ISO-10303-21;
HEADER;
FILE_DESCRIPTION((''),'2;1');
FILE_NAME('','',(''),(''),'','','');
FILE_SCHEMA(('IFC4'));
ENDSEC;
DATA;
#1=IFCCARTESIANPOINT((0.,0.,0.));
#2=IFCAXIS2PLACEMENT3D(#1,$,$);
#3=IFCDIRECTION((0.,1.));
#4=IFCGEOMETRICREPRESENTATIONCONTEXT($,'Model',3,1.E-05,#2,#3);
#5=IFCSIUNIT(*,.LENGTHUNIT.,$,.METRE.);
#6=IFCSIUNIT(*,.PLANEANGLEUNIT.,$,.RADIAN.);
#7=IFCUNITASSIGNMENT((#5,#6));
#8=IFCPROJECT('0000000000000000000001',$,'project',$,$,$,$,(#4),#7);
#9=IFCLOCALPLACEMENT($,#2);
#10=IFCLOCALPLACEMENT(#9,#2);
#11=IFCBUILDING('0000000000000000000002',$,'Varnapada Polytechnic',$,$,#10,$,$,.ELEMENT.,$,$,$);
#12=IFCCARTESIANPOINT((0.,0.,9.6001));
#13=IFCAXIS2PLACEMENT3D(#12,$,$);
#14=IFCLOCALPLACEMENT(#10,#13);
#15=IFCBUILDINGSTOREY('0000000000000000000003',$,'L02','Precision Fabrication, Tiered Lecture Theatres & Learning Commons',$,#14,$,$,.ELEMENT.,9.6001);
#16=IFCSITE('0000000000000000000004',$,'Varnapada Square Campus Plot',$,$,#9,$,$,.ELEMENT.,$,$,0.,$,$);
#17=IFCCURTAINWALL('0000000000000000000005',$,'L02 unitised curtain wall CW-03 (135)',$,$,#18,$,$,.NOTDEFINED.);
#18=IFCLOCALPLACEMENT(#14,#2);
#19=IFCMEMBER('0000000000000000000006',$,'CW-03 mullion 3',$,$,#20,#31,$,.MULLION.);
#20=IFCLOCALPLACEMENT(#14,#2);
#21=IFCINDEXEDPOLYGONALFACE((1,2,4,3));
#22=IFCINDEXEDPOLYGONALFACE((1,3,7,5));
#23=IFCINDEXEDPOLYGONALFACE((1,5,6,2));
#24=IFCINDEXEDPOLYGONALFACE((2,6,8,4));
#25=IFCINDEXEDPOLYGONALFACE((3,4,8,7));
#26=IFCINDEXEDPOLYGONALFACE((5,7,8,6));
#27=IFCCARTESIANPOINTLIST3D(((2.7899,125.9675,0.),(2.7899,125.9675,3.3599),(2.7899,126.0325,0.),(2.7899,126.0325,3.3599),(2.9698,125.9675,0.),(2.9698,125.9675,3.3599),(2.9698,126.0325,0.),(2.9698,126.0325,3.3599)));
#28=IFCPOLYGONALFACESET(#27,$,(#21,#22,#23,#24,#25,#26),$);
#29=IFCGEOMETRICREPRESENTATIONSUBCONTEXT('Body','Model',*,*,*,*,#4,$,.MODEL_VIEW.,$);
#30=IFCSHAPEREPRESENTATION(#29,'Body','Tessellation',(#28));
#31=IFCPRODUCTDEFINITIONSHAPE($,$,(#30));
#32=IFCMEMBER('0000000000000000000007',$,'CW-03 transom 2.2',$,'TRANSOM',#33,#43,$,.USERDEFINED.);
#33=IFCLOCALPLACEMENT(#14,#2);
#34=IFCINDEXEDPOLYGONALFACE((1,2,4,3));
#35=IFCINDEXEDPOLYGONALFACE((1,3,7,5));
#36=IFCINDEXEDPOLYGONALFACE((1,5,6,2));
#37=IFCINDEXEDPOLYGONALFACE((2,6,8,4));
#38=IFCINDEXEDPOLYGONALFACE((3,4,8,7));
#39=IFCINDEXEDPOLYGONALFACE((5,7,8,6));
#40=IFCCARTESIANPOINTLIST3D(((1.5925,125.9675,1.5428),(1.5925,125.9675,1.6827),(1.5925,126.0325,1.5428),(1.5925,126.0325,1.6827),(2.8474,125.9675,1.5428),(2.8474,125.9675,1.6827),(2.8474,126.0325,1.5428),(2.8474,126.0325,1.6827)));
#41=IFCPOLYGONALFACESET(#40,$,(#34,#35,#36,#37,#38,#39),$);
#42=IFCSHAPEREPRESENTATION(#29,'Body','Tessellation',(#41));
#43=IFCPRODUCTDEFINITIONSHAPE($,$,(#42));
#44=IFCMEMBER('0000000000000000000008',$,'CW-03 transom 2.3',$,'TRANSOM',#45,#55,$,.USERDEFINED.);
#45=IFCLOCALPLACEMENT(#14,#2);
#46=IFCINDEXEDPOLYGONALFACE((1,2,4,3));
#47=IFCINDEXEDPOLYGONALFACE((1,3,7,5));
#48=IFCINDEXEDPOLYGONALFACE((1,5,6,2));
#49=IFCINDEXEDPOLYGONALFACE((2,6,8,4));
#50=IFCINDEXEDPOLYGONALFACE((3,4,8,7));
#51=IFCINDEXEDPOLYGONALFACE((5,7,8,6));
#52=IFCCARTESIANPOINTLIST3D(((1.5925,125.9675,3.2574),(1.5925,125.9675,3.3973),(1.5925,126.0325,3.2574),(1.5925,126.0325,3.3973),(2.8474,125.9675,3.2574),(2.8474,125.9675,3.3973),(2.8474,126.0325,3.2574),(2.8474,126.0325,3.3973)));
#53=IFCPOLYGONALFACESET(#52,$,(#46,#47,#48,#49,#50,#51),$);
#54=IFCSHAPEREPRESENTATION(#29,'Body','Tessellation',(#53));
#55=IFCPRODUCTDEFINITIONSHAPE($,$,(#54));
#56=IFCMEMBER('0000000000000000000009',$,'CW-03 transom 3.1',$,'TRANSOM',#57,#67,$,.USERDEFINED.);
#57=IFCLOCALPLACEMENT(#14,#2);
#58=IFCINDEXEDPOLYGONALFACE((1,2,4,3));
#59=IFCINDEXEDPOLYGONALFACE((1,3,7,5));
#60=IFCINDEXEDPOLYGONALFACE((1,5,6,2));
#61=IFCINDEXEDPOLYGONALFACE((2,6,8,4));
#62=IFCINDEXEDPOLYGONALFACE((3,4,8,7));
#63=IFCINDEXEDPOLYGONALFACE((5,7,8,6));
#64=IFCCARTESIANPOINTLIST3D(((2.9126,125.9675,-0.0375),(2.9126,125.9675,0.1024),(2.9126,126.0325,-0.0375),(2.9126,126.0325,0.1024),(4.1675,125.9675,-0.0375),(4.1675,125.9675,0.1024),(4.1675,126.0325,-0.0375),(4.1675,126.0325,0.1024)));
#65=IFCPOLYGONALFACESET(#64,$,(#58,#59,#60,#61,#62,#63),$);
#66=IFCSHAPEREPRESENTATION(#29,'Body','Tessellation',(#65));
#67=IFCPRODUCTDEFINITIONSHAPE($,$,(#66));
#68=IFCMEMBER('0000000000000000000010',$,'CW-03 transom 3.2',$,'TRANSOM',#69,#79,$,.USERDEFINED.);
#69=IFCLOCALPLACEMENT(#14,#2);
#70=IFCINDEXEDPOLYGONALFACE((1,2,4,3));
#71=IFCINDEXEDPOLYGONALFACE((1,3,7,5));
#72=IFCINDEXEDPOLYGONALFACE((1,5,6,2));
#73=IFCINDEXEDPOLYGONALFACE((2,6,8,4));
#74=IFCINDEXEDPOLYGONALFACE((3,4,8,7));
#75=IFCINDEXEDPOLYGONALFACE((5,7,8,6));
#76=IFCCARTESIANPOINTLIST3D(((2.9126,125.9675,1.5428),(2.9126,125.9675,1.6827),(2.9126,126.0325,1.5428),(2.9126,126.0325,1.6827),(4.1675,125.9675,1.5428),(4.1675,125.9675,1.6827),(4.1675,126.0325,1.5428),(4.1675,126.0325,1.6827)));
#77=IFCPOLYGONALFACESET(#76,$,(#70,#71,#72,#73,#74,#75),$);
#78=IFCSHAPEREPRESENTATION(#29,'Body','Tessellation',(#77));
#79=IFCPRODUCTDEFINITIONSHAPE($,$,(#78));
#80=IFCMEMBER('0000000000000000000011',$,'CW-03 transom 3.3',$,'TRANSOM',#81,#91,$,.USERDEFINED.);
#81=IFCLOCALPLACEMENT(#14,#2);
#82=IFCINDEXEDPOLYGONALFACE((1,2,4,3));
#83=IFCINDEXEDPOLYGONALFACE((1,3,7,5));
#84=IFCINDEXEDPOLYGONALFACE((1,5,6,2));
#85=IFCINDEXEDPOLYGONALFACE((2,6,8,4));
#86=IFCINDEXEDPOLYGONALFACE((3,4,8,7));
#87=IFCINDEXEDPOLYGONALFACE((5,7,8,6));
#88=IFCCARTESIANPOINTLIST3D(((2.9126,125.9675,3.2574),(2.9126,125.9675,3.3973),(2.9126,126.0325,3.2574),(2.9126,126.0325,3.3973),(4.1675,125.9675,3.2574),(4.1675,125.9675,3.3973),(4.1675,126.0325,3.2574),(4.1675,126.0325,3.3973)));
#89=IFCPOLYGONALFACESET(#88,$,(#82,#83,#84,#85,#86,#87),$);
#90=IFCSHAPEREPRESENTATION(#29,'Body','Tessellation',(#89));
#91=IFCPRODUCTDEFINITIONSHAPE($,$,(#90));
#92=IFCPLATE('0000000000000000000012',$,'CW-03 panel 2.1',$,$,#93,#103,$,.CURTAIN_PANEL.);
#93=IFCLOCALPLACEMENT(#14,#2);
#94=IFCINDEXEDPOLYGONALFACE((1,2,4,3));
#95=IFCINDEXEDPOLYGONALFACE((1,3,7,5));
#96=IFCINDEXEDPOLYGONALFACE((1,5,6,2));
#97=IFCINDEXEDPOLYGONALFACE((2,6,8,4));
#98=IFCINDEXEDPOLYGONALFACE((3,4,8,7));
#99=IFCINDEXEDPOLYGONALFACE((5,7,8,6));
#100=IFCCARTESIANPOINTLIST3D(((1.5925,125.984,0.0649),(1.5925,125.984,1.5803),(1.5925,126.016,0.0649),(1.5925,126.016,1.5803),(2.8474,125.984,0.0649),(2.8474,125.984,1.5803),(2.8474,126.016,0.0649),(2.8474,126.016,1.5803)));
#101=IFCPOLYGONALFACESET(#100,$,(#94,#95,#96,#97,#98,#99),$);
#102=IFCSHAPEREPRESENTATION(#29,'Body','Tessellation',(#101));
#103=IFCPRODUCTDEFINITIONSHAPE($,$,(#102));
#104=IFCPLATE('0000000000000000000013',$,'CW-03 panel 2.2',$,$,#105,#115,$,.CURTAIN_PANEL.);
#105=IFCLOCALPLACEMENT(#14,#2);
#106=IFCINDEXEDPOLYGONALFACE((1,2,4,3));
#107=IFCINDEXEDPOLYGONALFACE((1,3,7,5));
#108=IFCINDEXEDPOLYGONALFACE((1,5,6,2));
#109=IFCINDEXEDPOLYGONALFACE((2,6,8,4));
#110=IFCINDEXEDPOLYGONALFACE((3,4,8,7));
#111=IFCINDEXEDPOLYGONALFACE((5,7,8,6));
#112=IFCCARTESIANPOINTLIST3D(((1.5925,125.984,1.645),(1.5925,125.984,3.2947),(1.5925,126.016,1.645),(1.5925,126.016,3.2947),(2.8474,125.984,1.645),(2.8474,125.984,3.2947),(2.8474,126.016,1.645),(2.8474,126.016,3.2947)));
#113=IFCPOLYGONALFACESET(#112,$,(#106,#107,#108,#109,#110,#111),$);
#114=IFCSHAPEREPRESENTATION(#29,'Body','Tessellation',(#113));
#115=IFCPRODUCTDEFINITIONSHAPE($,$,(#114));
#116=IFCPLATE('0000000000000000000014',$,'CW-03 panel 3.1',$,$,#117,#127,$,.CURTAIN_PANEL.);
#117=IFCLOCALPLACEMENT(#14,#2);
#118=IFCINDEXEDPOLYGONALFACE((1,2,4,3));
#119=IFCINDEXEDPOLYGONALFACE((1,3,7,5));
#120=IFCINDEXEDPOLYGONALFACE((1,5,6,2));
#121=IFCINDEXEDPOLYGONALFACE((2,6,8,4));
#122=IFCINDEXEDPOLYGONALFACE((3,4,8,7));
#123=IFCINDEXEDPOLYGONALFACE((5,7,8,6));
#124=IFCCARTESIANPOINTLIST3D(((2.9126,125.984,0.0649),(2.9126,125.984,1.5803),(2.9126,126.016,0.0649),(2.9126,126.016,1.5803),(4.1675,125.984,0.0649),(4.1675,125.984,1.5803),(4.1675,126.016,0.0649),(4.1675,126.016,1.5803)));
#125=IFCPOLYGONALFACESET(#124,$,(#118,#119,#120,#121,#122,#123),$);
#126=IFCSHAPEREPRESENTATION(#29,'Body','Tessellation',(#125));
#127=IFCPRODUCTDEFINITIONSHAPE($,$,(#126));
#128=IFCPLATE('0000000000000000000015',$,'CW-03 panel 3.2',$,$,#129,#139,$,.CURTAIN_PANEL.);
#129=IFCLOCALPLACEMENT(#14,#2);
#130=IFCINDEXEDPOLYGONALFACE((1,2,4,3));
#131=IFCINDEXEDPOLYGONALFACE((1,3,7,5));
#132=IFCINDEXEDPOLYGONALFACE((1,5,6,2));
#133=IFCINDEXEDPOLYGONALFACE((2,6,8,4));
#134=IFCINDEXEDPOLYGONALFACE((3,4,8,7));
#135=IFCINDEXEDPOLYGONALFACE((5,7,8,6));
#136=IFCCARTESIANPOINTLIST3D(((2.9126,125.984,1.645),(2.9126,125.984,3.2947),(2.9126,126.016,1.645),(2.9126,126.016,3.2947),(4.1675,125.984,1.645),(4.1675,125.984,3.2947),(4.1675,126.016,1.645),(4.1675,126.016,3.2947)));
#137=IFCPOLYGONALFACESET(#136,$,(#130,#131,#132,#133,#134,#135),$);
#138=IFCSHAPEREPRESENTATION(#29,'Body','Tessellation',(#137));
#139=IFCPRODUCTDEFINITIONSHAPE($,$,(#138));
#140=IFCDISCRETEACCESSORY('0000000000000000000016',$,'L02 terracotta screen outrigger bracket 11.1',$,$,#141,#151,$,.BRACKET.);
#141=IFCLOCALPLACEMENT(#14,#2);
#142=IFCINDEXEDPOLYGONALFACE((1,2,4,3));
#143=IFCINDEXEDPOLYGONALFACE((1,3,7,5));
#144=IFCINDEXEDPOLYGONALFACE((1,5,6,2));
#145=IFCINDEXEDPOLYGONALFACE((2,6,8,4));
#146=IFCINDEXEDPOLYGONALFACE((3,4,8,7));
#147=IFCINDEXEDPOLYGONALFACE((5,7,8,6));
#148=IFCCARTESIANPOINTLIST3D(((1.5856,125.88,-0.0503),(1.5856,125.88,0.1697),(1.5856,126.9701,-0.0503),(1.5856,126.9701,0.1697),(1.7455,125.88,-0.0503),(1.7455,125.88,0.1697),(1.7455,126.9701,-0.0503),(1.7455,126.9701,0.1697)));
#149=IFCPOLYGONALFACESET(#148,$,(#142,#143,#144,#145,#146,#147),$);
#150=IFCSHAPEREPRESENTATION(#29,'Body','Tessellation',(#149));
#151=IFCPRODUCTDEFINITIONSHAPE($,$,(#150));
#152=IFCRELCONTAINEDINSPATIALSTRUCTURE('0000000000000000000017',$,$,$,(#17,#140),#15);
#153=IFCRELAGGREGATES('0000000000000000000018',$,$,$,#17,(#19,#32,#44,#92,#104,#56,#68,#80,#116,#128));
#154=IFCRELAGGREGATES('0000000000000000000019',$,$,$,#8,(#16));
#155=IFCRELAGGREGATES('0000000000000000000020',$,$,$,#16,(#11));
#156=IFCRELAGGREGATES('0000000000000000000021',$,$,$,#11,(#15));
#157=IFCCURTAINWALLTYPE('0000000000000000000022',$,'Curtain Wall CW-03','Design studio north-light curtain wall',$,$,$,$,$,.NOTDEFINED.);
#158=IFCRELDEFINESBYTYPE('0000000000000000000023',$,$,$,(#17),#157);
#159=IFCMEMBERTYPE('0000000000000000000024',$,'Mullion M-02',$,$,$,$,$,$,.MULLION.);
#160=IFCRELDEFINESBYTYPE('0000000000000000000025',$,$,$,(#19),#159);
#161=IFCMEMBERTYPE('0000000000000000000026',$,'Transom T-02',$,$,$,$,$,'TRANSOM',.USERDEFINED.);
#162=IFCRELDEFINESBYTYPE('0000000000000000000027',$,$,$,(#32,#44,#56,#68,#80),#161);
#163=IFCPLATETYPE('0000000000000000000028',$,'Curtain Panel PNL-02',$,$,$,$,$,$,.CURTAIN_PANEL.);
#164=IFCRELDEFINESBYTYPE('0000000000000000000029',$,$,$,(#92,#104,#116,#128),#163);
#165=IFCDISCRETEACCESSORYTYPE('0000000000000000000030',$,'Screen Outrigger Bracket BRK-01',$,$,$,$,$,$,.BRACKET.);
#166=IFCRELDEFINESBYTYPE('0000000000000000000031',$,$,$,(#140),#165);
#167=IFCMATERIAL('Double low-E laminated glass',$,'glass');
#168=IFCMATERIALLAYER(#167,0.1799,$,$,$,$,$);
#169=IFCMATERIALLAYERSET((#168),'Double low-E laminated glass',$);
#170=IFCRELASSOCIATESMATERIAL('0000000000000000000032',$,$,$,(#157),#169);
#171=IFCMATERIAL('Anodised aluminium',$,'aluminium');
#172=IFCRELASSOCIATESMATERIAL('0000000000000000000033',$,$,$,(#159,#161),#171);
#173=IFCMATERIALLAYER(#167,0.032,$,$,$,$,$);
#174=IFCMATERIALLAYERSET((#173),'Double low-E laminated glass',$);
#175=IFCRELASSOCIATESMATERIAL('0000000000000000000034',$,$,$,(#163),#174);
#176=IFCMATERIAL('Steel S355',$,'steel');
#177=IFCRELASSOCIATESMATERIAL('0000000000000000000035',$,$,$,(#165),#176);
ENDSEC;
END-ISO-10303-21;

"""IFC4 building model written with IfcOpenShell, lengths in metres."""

from ifc_helpers import new_model, si_unit, direction, frame, origin, origin_2d, place, context, subcontext, project, spatial, rectangle, extrude, material, layer, layer_set, material_profile, profile_set, type_object, element, aggregate, save


model = new_model("IFC4")

# Units and contexts
model_context = context("Model", 3, precision=1e-05, world=origin(), true_north=direction((0.0, 1.0)))
body_context = subcontext(model_context, "Body", "Model", "MODEL_VIEW")
ifc_project = project(units=[si_unit("LENGTHUNIT", "METRE"), si_unit("PLANEANGLEUNIT", "RADIAN")], contexts=[model_context])

# Site, building, storey
site_placement = place(None, origin())
site = spatial("IfcSite", under=ifc_project, at=site_placement, Name="Varnapada Square Campus Plot", CompositionType="ELEMENT", RefElevation=0.0)
building_placement = place(site_placement, origin())
building = spatial("IfcBuilding", under=site, at=building_placement, Name="Varnapada Polytechnic", CompositionType="ELEMENT")
storey_placement = place(building_placement, frame((0.0, 0.0, 9.6001)))
storey = spatial("IfcBuildingStorey", under=building, at=storey_placement, Name="L02", Description="Precision Fabrication, Tiered Lecture Theatres & Learning Commons", CompositionType="ELEMENT", Elevation=9.6001)

# Curtain wall, members, plates
ifc_material_1 = material(Name="Double low-E laminated glass", Category="glass")
ifc_layer_1 = layer(ifc_material_1, 0.1799)
ifc_layer_set_1 = layer_set([ifc_layer_1], Name="Double low-E laminated glass")
curtain_wall_type = type_object("IfcCurtainWallType", Name="Curtain Wall CW-03", Description="Design studio north-light curtain wall", PredefinedType="NOTDEFINED", material=ifc_layer_set_1)
curtain_wall_placement = place(storey_placement, origin())
curtain_wall = element("IfcCurtainWall", 1, at=curtain_wall_placement, inside=storey, type_object=curtain_wall_type, Name="L02 unitised curtain wall CW-03 (135)", PredefinedType="NOTDEFINED")
ifc_material_2 = material(Name="Anodised aluminium", Category="aluminium")
ifc_material_profile_1 = material_profile(ifc_material_2, rectangle(XDim=0.0649, YDim=0.1799, at=origin_2d()), Name="ALU M65x180")
ifc_profile_set_1 = profile_set([ifc_material_profile_1], Name="Anodised aluminium")
member_type_1 = type_object("IfcMemberType", Name="Mullion M-02", PredefinedType="MULLION", material=ifc_profile_set_1)
member_1_placement = place(storey_placement, frame((2.8799, 126.0, 0.0), z_axis=(0.0, 0.0, 1.0), x_axis=(0.0, 1.0, 0.0)))
member_1 = element("IfcMember", 2, at=member_1_placement, type_object=member_type_1, Name="CW-03 mullion 3", PredefinedType="MULLION", context=body_context, shape_type="SweptSolid", body=[
    extrude(rectangle(XDim=0.0649, YDim=0.1799, at=origin_2d()), origin(), (0.0, 0.0, 1.0), 3.3599),
])
ifc_material_profile_2 = material_profile(ifc_material_2, rectangle(XDim=0.0649, YDim=0.1399, at=origin_2d()), Name="ALU T65x140")
ifc_profile_set_2 = profile_set([ifc_material_profile_2], Name="Anodised aluminium")
member_type_2 = type_object("IfcMemberType", Name="Transom T-02", ElementType="TRANSOM", PredefinedType="USERDEFINED", material=ifc_profile_set_2)
member_2_placement = place(storey_placement, frame((1.5925, 126.0, 1.6128), z_axis=(1.0, 0.0, 0.0), x_axis=(0.0, 1.0, 0.0)))
member_2 = element("IfcMember", 3, at=member_2_placement, type_object=member_type_2, Name="CW-03 transom 2.2", ObjectType="TRANSOM", PredefinedType="USERDEFINED", context=body_context, shape_type="SweptSolid", body=[
    extrude(rectangle(XDim=0.0649, YDim=0.1399, at=origin_2d()), origin(), (0.0, 0.0, 1.0), 1.2549),
])
member_3_placement = place(storey_placement, frame((1.5925, 126.0, 3.3274), z_axis=(1.0, 0.0, 0.0), x_axis=(0.0, 1.0, 0.0)))
member_3 = element("IfcMember", 4, at=member_3_placement, type_object=member_type_2, Name="CW-03 transom 2.3", ObjectType="TRANSOM", PredefinedType="USERDEFINED", context=body_context, shape_type="SweptSolid", body=[
    extrude(rectangle(XDim=0.0649, YDim=0.1399, at=origin_2d()), origin(), (0.0, 0.0, 1.0), 1.2549),
])
member_4_placement = place(storey_placement, frame((2.9126, 126.0, 0.0325), z_axis=(1.0, 0.0, 0.0), x_axis=(0.0, 1.0, 0.0)))
member_4 = element("IfcMember", 5, at=member_4_placement, type_object=member_type_2, Name="CW-03 transom 3.1", ObjectType="TRANSOM", PredefinedType="USERDEFINED", context=body_context, shape_type="SweptSolid", body=[
    extrude(rectangle(XDim=0.0649, YDim=0.1399, at=origin_2d()), origin(), (0.0, 0.0, 1.0), 1.2549),
])
member_5_placement = place(storey_placement, frame((2.9126, 126.0, 1.6128), z_axis=(1.0, 0.0, 0.0), x_axis=(0.0, 1.0, 0.0)))
member_5 = element("IfcMember", 6, at=member_5_placement, type_object=member_type_2, Name="CW-03 transom 3.2", ObjectType="TRANSOM", PredefinedType="USERDEFINED", context=body_context, shape_type="SweptSolid", body=[
    extrude(rectangle(XDim=0.0649, YDim=0.1399, at=origin_2d()), origin(), (0.0, 0.0, 1.0), 1.2549),
])
member_6_placement = place(storey_placement, frame((2.9126, 126.0, 3.3274), z_axis=(1.0, 0.0, 0.0), x_axis=(0.0, 1.0, 0.0)))
member_6 = element("IfcMember", 7, at=member_6_placement, type_object=member_type_2, Name="CW-03 transom 3.3", ObjectType="TRANSOM", PredefinedType="USERDEFINED", context=body_context, shape_type="SweptSolid", body=[
    extrude(rectangle(XDim=0.0649, YDim=0.1399, at=origin_2d()), origin(), (0.0, 0.0, 1.0), 1.2549),
])
ifc_layer_2 = layer(ifc_material_1, 0.032)
ifc_layer_set_2 = layer_set([ifc_layer_2], Name="Double low-E laminated glass")
plate_type = type_object("IfcPlateType", Name="Curtain Panel PNL-02", PredefinedType="CURTAIN_PANEL", material=ifc_layer_set_2)
plate_1_placement = place(storey_placement, frame((2.22, 126.0, 0.0649), z_axis=(0.0, 0.0, 1.0), x_axis=(1.0, 0.0, 0.0)))
plate_1 = element("IfcPlate", 8, at=plate_1_placement, type_object=plate_type, Name="CW-03 panel 2.1", PredefinedType="CURTAIN_PANEL", context=body_context, shape_type="SweptSolid", body=[
    extrude(rectangle(XDim=1.2549, YDim=0.032, at=origin_2d()), origin(), (0.0, 0.0, 1.0), 1.5154),
])
plate_2_placement = place(storey_placement, frame((2.22, 126.0, 1.645), z_axis=(0.0, 0.0, 1.0), x_axis=(1.0, 0.0, 0.0)))
plate_2 = element("IfcPlate", 9, at=plate_2_placement, type_object=plate_type, Name="CW-03 panel 2.2", PredefinedType="CURTAIN_PANEL", context=body_context, shape_type="SweptSolid", body=[
    extrude(rectangle(XDim=1.2549, YDim=0.032, at=origin_2d()), origin(), (0.0, 0.0, 1.0), 1.6497),
])
plate_3_placement = place(storey_placement, frame((3.54, 126.0, 0.0649), z_axis=(0.0, 0.0, 1.0), x_axis=(1.0, 0.0, 0.0)))
plate_3 = element("IfcPlate", 10, at=plate_3_placement, type_object=plate_type, Name="CW-03 panel 3.1", PredefinedType="CURTAIN_PANEL", context=body_context, shape_type="SweptSolid", body=[
    extrude(rectangle(XDim=1.2549, YDim=0.032, at=origin_2d()), origin(), (0.0, 0.0, 1.0), 1.5154),
])
plate_4_placement = place(storey_placement, frame((3.54, 126.0, 1.645), z_axis=(0.0, 0.0, 1.0), x_axis=(1.0, 0.0, 0.0)))
plate_4 = element("IfcPlate", 11, at=plate_4_placement, type_object=plate_type, Name="CW-03 panel 3.2", PredefinedType="CURTAIN_PANEL", context=body_context, shape_type="SweptSolid", body=[
    extrude(rectangle(XDim=1.2549, YDim=0.032, at=origin_2d()), origin(), (0.0, 0.0, 1.0), 1.6497),
])
aggregate(curtain_wall, [member_1, member_2, member_3, plate_1, plate_2, member_4, member_5, member_6, plate_3, plate_4])

# Discrete accessory
ifc_material_3 = material(Name="Steel S355", Category="steel")
discrete_accessory_type = type_object("IfcDiscreteAccessoryType", Name="Screen Outrigger Bracket BRK-01", PredefinedType="BRACKET", material=ifc_material_3)
discrete_accessory_placement = place(storey_placement, frame((1.6655, 126.425, -0.0503), z_axis=(0.0, 0.0, 1.0), x_axis=(1.0, 0.0, 0.0)))
element("IfcDiscreteAccessory", 12, at=discrete_accessory_placement, inside=storey, type_object=discrete_accessory_type, Name="L02 terracotta screen outrigger bracket 11.1", PredefinedType="BRACKET", context=body_context, shape_type="SweptSolid", body=[
    extrude(rectangle(XDim=0.1599, YDim=1.0901, at=origin_2d()), origin(), (0.0, 0.0, 1.0), 0.22),
])

save(model, "model.ifc")
